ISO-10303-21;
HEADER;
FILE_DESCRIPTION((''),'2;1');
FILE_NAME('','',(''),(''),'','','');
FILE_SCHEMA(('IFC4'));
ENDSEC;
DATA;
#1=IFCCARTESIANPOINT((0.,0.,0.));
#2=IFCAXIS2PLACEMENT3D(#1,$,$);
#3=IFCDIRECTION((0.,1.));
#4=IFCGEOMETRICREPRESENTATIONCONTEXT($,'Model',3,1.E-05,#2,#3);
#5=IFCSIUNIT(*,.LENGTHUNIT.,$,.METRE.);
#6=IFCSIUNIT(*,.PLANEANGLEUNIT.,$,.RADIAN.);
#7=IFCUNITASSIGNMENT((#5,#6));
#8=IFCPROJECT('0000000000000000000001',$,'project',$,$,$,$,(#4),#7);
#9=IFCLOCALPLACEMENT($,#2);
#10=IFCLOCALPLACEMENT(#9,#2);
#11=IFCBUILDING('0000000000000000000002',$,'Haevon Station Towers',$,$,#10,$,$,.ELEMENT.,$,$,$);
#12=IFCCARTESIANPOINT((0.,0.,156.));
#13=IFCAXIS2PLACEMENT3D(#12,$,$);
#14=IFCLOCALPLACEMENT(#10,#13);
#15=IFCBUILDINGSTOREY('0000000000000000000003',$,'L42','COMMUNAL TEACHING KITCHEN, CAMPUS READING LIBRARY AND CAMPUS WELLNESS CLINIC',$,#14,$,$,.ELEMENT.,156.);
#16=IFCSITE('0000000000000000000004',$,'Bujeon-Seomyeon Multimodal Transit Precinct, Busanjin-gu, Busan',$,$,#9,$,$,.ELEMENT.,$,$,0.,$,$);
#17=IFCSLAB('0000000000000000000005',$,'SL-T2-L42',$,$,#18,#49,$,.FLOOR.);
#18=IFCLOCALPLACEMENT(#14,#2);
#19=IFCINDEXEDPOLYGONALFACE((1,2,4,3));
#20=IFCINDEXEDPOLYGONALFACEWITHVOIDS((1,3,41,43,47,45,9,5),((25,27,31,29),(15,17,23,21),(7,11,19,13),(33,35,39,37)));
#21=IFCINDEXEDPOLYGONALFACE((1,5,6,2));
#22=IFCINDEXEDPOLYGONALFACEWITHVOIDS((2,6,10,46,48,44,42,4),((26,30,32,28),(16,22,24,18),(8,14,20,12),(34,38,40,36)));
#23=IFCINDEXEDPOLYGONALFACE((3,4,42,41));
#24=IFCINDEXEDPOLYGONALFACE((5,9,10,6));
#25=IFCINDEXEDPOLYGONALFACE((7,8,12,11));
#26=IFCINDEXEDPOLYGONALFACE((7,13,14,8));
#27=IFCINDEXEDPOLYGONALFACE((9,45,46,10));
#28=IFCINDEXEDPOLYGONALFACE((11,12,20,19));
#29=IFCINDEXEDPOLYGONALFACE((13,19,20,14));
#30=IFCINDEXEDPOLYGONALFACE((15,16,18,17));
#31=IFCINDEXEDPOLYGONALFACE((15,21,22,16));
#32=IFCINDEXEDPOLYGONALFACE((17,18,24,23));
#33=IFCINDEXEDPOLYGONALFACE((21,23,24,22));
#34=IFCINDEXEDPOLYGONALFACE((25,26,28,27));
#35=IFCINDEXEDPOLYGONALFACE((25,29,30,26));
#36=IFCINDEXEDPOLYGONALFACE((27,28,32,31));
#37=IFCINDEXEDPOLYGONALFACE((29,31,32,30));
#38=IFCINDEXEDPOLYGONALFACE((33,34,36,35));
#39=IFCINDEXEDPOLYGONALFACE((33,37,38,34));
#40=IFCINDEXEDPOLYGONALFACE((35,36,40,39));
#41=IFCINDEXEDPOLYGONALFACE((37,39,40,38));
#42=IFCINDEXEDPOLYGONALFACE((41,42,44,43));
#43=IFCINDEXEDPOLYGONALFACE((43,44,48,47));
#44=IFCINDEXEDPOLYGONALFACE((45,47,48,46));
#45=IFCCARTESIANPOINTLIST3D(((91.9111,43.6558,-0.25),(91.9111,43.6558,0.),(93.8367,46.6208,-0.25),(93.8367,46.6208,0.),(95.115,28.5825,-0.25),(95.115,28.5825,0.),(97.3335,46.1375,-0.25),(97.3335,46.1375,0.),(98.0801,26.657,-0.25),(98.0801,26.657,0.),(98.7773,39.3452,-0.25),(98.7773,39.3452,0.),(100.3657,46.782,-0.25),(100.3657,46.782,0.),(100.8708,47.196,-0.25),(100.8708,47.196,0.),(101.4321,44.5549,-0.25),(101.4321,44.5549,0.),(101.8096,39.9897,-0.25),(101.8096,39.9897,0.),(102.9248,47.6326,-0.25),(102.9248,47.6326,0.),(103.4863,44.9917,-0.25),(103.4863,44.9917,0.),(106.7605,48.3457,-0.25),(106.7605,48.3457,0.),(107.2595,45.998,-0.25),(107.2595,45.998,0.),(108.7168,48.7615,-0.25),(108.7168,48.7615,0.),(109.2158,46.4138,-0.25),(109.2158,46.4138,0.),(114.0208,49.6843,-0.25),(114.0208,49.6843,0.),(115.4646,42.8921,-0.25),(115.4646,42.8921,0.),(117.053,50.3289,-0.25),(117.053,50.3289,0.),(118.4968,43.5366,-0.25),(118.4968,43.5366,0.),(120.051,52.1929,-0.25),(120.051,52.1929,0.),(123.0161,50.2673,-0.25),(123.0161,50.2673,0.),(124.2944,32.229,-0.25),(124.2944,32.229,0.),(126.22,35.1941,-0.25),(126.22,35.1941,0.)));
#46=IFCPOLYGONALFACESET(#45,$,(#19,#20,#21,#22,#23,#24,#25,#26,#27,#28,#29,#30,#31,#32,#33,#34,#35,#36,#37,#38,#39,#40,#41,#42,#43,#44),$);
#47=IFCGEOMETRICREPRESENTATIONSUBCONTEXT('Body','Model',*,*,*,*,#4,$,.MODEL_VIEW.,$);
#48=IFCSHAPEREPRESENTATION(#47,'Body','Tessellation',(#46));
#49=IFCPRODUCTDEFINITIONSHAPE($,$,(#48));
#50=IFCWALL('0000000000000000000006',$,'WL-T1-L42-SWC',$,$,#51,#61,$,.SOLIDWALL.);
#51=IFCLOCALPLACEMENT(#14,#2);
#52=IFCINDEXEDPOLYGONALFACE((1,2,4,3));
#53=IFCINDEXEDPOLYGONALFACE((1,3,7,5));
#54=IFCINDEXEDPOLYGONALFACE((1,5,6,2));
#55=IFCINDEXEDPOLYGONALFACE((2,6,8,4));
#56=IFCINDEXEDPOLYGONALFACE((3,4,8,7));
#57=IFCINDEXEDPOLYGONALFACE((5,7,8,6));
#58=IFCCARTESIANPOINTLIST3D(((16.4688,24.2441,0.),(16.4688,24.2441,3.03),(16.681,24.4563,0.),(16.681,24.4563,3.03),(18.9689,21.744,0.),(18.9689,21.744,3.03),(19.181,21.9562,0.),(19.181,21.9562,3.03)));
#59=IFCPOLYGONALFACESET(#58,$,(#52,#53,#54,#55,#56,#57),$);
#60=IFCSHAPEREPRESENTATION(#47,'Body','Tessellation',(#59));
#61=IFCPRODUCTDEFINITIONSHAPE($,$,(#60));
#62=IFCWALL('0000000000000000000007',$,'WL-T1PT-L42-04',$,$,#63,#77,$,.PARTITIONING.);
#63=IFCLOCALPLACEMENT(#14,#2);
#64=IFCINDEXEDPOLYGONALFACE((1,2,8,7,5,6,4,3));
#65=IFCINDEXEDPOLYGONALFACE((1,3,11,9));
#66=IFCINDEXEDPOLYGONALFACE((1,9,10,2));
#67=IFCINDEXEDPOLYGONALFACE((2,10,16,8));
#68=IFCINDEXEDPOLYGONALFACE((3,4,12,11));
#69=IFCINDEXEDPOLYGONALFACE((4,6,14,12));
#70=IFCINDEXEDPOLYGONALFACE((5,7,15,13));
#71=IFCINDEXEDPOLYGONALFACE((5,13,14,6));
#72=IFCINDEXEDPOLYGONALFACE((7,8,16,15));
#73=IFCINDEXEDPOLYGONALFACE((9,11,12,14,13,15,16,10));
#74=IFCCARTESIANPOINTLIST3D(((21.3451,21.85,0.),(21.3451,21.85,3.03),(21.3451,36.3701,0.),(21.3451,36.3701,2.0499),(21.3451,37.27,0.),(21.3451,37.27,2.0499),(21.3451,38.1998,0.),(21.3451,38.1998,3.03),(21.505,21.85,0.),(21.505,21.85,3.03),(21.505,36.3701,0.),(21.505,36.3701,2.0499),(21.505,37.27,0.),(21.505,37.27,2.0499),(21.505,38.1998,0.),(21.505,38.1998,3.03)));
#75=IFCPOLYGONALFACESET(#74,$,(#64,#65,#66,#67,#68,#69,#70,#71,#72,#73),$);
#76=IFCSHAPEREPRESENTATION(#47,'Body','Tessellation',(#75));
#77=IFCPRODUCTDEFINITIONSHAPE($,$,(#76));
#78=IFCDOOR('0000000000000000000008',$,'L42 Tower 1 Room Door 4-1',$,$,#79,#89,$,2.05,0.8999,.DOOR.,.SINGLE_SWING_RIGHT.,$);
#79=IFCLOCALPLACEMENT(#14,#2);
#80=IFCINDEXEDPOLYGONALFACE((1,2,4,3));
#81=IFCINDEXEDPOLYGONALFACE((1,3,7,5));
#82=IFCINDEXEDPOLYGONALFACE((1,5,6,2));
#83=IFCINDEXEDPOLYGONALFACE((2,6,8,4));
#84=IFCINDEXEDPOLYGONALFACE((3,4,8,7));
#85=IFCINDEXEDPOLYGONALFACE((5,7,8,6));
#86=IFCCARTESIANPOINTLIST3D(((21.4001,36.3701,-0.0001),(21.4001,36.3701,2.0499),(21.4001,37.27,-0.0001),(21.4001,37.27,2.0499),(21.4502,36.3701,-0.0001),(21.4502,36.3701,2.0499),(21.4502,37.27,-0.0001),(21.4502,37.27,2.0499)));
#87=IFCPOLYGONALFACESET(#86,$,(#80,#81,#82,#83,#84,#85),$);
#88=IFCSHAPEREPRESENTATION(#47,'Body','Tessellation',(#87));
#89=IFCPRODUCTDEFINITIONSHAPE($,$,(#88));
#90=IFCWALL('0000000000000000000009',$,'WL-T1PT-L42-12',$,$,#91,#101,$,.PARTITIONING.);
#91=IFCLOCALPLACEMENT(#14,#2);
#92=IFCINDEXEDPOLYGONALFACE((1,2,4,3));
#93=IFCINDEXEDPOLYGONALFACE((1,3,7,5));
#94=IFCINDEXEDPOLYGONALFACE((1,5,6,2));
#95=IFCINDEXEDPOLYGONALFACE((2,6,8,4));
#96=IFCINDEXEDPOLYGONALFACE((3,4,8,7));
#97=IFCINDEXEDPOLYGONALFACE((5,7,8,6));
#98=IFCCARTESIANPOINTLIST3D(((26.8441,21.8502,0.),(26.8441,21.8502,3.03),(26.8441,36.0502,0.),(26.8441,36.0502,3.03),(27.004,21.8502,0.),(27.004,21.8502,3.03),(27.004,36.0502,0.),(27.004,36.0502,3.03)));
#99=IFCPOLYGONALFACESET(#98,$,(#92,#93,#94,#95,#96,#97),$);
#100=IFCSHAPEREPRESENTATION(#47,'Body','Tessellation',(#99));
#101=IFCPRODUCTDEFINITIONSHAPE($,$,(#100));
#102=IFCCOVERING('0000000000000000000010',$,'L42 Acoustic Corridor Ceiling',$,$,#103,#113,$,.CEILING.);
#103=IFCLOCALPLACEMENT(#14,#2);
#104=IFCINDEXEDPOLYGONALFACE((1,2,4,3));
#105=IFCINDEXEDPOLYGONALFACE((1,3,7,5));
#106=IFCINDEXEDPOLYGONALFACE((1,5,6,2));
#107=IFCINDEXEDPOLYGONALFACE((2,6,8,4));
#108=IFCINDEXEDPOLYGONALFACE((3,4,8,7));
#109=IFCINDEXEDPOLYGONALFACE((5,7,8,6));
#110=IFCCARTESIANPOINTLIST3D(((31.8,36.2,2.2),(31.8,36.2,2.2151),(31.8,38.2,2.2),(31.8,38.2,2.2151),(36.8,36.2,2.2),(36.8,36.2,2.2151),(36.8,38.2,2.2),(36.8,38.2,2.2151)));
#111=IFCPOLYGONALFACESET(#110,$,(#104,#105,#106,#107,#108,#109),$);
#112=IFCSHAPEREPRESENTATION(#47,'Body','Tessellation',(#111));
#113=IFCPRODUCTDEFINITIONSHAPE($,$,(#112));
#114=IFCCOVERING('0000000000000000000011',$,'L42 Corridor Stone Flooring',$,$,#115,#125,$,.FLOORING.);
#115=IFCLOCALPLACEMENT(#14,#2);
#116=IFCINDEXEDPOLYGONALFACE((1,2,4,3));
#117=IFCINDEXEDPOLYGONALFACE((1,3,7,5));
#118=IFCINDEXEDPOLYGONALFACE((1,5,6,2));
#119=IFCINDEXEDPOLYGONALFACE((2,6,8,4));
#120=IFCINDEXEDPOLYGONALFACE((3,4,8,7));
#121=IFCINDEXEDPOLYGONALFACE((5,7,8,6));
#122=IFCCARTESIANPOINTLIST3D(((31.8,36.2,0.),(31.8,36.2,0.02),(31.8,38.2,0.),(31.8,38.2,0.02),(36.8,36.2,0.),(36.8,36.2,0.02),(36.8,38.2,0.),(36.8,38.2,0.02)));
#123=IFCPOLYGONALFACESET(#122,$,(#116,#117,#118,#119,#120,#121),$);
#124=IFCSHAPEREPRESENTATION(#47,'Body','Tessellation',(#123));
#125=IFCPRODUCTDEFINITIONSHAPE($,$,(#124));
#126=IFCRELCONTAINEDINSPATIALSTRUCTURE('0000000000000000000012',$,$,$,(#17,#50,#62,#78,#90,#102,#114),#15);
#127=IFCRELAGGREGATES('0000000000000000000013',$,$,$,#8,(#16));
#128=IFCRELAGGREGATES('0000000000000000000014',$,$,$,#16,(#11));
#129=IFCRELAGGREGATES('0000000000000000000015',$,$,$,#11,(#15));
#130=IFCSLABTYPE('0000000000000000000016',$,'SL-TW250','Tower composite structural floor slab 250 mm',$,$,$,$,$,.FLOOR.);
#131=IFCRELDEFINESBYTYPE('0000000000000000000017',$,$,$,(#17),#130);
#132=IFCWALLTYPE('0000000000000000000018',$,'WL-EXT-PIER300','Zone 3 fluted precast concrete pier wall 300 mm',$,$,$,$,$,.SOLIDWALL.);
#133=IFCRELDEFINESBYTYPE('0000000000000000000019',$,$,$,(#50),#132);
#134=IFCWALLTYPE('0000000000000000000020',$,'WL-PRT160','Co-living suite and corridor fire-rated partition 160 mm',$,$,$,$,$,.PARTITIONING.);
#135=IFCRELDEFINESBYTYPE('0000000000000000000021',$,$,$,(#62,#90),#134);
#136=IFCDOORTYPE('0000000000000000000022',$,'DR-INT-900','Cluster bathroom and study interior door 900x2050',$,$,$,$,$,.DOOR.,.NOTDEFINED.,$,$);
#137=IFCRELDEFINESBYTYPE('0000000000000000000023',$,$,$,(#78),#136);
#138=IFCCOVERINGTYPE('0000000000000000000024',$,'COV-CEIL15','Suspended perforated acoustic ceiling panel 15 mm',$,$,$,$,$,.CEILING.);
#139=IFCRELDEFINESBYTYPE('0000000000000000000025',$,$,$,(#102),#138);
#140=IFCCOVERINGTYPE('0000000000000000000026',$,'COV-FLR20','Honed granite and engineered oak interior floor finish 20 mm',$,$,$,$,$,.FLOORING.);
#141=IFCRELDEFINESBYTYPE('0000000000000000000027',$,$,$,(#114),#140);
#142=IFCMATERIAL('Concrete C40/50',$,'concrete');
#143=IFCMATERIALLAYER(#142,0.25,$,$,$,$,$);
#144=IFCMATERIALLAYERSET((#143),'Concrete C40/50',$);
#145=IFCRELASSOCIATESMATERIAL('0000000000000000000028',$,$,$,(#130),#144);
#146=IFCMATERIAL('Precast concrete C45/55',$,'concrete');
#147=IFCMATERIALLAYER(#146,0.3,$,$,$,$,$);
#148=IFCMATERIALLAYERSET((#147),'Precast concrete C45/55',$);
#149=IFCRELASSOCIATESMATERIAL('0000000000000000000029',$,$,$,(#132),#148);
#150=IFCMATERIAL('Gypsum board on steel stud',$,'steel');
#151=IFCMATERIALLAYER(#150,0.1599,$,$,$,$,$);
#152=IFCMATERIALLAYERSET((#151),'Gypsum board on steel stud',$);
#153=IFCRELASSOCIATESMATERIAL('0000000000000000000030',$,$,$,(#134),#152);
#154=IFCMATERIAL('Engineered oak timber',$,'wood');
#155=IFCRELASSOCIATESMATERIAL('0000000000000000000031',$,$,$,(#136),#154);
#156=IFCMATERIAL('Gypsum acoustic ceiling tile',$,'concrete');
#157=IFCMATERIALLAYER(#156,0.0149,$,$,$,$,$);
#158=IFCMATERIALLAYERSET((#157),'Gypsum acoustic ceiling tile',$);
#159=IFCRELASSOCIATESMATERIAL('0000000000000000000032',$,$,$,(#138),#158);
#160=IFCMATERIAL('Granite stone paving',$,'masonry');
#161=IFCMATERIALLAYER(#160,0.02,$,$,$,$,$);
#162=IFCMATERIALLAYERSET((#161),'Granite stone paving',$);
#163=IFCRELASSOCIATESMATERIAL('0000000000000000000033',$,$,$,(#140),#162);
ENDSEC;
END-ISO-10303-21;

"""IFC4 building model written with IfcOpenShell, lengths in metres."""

from ifc_helpers import new_model, si_unit, direction, frame, frame_2d, origin, place, context, subcontext, project, spatial, polyline, rectangle, outline, extrude, material, layer, layer_set, type_object, element, fill, save


model = new_model("IFC4")

# Units and contexts
model_context = context("Model", 3, precision=1e-05, world=origin(), true_north=direction((0.0, 1.0)))
body_context = subcontext(model_context, "Body", "Model", "MODEL_VIEW")
ifc_project = project(units=[si_unit("LENGTHUNIT", "METRE"), si_unit("PLANEANGLEUNIT", "RADIAN")], contexts=[model_context])

# Site, building, storey
site_placement = place(None, origin())
site = spatial("IfcSite", under=ifc_project, at=site_placement, Name="Bujeon-Seomyeon Multimodal Transit Precinct, Busanjin-gu, Busan", CompositionType="ELEMENT", RefElevation=0.0)
building_placement = place(site_placement, origin())
building = spatial("IfcBuilding", under=site, at=building_placement, Name="Haevon Station Towers", CompositionType="ELEMENT")
storey_placement = place(building_placement, frame((0.0, 0.0, 156.0)))
storey = spatial("IfcBuildingStorey", under=building, at=storey_placement, Name="L42", Description="COMMUNAL TEACHING KITCHEN, CAMPUS READING LIBRARY AND CAMPUS WELLNESS CLINIC", CompositionType="ELEMENT", Elevation=156.0)

# Shared definitions
ifc_material_1 = material(Name="Concrete C40/50", Category="concrete")

# Slab
ifc_layer_1 = layer(ifc_material_1, 0.25)
ifc_layer_set_1 = layer_set([ifc_layer_1], Name="Concrete C40/50")
slab_type_1 = type_object("IfcSlabType", Name="SL-TW250", Description="Tower composite structural floor slab 250 mm", PredefinedType="FLOOR", material=ifc_layer_set_1)
slab_1_placement = place(storey_placement, frame((0.0, 0.0, -0.25)))
element("IfcSlab", 1, at=slab_1_placement, inside=storey, type_object=slab_type_1, Name="SL-T2-L42", PredefinedType="FLOOR", context=body_context, shape_type="SweptSolid", body=[
    extrude(outline(polyline([(98.0801, 26.657), (124.2944, 32.229), (126.22, 35.1941), (123.0161, 50.2673), (120.051, 52.1929), (93.8367, 46.6208), (91.9111, 43.6558), (95.115, 28.5825), (98.0801, 26.657)]), holes=[polyline([(101.8096, 39.9897), (100.3657, 46.782), (97.3335, 46.1375), (98.7773, 39.3452), (101.8096, 39.9897)]), polyline([(118.4968, 43.5366), (117.053, 50.3289), (114.0208, 49.6843), (115.4646, 42.8921), (118.4968, 43.5366)]), polyline([(101.4321, 44.5549), (103.4863, 44.9917), (102.9248, 47.6326), (100.8708, 47.196), (101.4321, 44.5549)]), polyline([(107.2595, 45.998), (109.2158, 46.4138), (108.7168, 48.7615), (106.7605, 48.3457), (107.2595, 45.998)])]), origin(), (0.0, 0.0, 1.0), 0.25),
])

# Wall
ifc_material_2 = material(Name="Precast concrete C45/55", Category="concrete")
ifc_layer_2 = layer(ifc_material_2, 0.3)
ifc_layer_set_2 = layer_set([ifc_layer_2], Name="Precast concrete C45/55")
wall_type_1 = type_object("IfcWallType", Name="WL-EXT-PIER300", Description="Zone 3 fluted precast concrete pier wall 300 mm", PredefinedType="SOLIDWALL", material=ifc_layer_set_2)
wall_1_placement = place(storey_placement, frame((19.075, 21.8501, 0.0), z_axis=(0.0, 0.0, 1.0), x_axis=(-0.707107, 0.707107, 0.0)))
element("IfcWall", 2, at=wall_1_placement, inside=storey, type_object=wall_type_1, Name="WL-T1-L42-SWC", PredefinedType="SOLIDWALL", context=body_context, shape_type="SweptSolid", body=[
    extrude(rectangle(XDim=3.5356, YDim=0.3, at=frame_2d((1.7678, 0.0))), origin(), (0.0, 0.0, 1.0), 3.03),
])

# Wall, opening, door
ifc_material_3 = material(Name="Gypsum board on steel stud", Category="steel")
ifc_layer_3 = layer(ifc_material_3, 0.1599)
ifc_layer_set_3 = layer_set([ifc_layer_3], Name="Gypsum board on steel stud")
wall_type_2 = type_object("IfcWallType", Name="WL-PRT160", Description="Co-living suite and corridor fire-rated partition 160 mm", PredefinedType="PARTITIONING", material=ifc_layer_set_3)
wall_2_placement = place(storey_placement, frame((21.425, 21.8501, 0.0), z_axis=(0.0, 0.0, 1.0), x_axis=(0.0, 1.0, 0.0)))
wall_2 = element("IfcWall", 3, at=wall_2_placement, inside=storey, type_object=wall_type_2, Name="WL-T1PT-L42-04", PredefinedType="PARTITIONING", context=body_context, shape_type="SweptSolid", body=[
    extrude(rectangle(XDim=16.3499, YDim=0.1599, at=frame_2d((8.1748, 0.0))), origin(), (0.0, 0.0, 1.0), 3.03),
])
opening_placement = place(wall_2_placement, frame((14.52, 0.0, 0.0)))
opening = element("IfcOpeningElement", 4, at=opening_placement, cuts=wall_2, PredefinedType="OPENING", context=body_context, shape_type="SweptSolid", body=[
    extrude(rectangle(XDim=0.8999, YDim=2.05, at=frame_2d((0.45, 1.0249))), frame((0.0, 0.0898, 0.0), z_axis=(0.0, -1.0, 0.0), x_axis=(1.0, 0.0, 0.0)), (0.0, 0.0, 1.0), 0.1799),
])
ifc_material_4 = material(Name="Engineered oak timber", Category="wood")
door_type = type_object("IfcDoorType", Name="DR-INT-900", Description="Cluster bathroom and study interior door 900x2050", OperationType="NOTDEFINED", PredefinedType="DOOR", material=ifc_material_4)
door_placement = place(opening_placement, origin())
door = element("IfcDoor", 5, at=door_placement, inside=storey, type_object=door_type, Name="L42 Tower 1 Room Door 4-1", OperationType="SINGLE_SWING_RIGHT", OverallHeight=2.05, OverallWidth=0.8999, PredefinedType="DOOR", context=body_context, shape_type="SweptSolid", body=[
    extrude(rectangle(XDim=0.8999, YDim=2.05, at=frame_2d((0.45, 1.0249))), frame((0.0, 0.0249, 0.0), z_axis=(0.0, -1.0, 0.0), x_axis=(1.0, 0.0, 0.0)), (0.0, 0.0, 1.0), 0.05),
])
fill(opening, door)

# Wall
wall_3_placement = place(storey_placement, frame((26.9241, 21.8501, 0.0), z_axis=(0.0, 0.0, 1.0), x_axis=(0.0, 1.0, 0.0)))
element("IfcWall", 6, at=wall_3_placement, inside=storey, type_object=wall_type_2, Name="WL-T1PT-L42-12", PredefinedType="PARTITIONING", context=body_context, shape_type="SweptSolid", body=[
    extrude(rectangle(XDim=14.2, YDim=0.1599, at=frame_2d((7.1001, 0.0))), origin(), (0.0, 0.0, 1.0), 3.03),
])

# Coverings
ifc_material_5 = material(Name="Gypsum acoustic ceiling tile", Category="concrete")
ifc_layer_4 = layer(ifc_material_5, 0.0149)
ifc_layer_set_4 = layer_set([ifc_layer_4], Name="Gypsum acoustic ceiling tile")
covering_type_1 = type_object("IfcCoveringType", Name="COV-CEIL15", Description="Suspended perforated acoustic ceiling panel 15 mm", PredefinedType="CEILING", material=ifc_layer_set_4)
covering_1_placement = place(storey_placement, frame((0.0, 0.0, 2.2)))
element("IfcCovering", 7, at=covering_1_placement, inside=storey, type_object=covering_type_1, Name="L42 Acoustic Corridor Ceiling", PredefinedType="CEILING", context=body_context, shape_type="SweptSolid", body=[
    extrude(outline(polyline([(31.8, 36.2), (36.8, 36.2), (36.8, 38.2), (31.8, 38.2), (31.8, 36.2)])), origin(), (0.0, 0.0, 1.0), 0.0151),
])
ifc_material_6 = material(Name="Granite stone paving", Category="masonry")
ifc_layer_5 = layer(ifc_material_6, 0.02)
ifc_layer_set_5 = layer_set([ifc_layer_5], Name="Granite stone paving")
covering_type_2 = type_object("IfcCoveringType", Name="COV-FLR20", Description="Honed granite and engineered oak interior floor finish 20 mm", PredefinedType="FLOORING", material=ifc_layer_set_5)
covering_2_placement = place(storey_placement, origin())
element("IfcCovering", 8, at=covering_2_placement, inside=storey, type_object=covering_type_2, Name="L42 Corridor Stone Flooring", PredefinedType="FLOORING", context=body_context, shape_type="SweptSolid", body=[
    extrude(outline(polyline([(31.8, 36.2), (36.8, 36.2), (36.8, 38.2), (31.8, 38.2), (31.8, 36.2)])), origin(), (0.0, 0.0, 1.0), 0.02),
])

save(model, "model.ifc")
